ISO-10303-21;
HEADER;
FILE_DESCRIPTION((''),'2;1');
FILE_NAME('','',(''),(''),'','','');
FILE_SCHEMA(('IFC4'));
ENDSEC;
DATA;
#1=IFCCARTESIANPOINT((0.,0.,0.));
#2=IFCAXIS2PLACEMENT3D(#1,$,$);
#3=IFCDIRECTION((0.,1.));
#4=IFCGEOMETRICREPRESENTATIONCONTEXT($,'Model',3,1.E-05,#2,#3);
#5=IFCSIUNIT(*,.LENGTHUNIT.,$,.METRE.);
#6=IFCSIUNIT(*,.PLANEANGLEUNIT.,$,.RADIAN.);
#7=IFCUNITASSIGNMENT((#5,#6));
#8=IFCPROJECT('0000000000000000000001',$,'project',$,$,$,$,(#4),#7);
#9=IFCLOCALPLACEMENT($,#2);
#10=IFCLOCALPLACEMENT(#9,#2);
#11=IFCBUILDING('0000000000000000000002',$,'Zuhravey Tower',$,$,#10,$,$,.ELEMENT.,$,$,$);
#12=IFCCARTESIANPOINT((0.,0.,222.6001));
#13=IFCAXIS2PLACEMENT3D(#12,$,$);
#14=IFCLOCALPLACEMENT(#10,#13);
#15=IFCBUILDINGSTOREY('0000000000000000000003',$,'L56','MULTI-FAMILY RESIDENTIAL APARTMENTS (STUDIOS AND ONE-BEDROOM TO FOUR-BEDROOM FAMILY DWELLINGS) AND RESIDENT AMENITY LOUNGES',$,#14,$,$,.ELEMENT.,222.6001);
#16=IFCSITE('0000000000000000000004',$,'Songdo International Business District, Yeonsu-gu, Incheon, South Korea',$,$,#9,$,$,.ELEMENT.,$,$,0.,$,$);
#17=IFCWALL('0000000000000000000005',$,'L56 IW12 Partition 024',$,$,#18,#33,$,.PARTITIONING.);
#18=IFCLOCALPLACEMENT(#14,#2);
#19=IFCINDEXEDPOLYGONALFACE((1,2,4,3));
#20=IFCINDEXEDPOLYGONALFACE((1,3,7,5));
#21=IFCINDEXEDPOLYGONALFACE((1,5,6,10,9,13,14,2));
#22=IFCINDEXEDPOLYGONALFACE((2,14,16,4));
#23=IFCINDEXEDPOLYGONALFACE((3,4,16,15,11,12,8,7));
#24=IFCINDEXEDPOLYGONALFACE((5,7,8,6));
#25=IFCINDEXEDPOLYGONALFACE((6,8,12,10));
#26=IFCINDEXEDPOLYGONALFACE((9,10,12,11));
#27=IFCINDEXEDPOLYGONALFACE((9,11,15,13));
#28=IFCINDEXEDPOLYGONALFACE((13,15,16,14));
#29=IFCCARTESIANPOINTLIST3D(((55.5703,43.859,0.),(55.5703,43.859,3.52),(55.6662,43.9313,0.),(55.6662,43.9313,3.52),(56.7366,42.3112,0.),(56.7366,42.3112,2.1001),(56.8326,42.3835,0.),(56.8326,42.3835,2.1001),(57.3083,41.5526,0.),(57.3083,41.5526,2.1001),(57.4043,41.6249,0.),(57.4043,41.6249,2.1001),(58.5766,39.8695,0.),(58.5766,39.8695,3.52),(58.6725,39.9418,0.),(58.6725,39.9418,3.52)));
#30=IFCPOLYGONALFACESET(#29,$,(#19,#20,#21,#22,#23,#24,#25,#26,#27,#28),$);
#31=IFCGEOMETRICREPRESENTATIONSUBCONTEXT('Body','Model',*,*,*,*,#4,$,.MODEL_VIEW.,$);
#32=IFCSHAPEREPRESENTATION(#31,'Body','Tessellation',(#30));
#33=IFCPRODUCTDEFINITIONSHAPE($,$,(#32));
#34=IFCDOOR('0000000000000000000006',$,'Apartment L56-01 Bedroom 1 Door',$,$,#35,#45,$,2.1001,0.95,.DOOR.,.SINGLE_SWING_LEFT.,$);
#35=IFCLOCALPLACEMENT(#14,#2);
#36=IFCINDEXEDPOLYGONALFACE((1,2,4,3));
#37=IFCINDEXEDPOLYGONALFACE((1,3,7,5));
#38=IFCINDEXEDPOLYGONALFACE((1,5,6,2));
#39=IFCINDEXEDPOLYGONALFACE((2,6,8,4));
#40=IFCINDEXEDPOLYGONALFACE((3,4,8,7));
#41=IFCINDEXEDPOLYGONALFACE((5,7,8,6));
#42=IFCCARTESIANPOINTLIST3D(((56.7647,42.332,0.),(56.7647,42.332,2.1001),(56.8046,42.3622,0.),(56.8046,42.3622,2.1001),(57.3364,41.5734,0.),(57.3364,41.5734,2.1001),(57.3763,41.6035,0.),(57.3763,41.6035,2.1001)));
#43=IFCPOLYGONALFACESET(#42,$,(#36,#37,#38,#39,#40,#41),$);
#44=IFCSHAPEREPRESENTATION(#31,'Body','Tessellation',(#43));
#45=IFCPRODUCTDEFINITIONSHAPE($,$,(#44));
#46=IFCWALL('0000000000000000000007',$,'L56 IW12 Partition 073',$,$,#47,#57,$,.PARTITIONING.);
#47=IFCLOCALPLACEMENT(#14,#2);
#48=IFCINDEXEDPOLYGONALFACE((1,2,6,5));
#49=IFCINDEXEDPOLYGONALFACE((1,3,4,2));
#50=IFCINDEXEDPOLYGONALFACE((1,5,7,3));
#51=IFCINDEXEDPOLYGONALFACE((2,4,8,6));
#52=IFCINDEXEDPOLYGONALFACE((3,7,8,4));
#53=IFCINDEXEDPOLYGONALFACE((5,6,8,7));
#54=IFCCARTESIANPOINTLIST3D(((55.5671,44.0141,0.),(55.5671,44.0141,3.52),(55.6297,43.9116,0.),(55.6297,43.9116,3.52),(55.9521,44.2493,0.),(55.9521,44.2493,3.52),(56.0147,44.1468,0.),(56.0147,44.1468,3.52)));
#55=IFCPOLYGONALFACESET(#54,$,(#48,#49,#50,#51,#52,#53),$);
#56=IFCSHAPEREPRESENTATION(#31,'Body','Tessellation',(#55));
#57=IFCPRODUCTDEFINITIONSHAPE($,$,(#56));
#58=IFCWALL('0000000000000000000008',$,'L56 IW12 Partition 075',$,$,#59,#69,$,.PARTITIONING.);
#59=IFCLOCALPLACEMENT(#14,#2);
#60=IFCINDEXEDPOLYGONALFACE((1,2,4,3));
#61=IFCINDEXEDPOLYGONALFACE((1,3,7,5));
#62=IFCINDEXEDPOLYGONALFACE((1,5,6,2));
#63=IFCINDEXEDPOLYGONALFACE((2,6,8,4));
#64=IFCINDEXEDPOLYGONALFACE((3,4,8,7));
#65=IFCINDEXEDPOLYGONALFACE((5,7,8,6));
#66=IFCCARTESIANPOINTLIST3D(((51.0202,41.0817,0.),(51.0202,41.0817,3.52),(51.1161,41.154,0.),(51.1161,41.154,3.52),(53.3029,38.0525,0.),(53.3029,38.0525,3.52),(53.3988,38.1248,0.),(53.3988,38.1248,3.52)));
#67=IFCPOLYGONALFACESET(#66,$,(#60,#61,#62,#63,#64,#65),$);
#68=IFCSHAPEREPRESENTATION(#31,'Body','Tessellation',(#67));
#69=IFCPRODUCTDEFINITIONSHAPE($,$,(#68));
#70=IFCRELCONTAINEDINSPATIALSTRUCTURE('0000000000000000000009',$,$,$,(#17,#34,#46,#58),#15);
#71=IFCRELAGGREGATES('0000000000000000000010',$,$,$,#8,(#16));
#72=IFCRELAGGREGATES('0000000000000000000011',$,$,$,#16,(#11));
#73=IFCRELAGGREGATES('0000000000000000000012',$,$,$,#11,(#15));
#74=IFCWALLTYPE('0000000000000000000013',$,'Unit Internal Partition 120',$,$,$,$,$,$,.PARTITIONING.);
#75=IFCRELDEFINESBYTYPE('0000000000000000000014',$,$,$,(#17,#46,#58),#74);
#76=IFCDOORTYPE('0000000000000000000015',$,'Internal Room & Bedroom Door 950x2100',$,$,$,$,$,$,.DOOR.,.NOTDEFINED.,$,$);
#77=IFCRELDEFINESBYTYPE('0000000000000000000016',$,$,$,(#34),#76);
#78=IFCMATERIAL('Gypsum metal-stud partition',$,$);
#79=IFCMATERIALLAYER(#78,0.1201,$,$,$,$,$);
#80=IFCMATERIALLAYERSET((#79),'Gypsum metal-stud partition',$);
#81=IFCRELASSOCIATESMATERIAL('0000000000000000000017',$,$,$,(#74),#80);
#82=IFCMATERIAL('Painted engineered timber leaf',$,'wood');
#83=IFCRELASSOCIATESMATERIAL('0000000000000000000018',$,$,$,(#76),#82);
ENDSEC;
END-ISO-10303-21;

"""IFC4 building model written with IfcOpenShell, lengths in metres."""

from ifc_helpers import new_model, si_unit, direction, frame, frame_2d, origin, place, context, subcontext, project, spatial, rectangle, extrude, material, layer, layer_set, type_object, element, fill, save


model = new_model("IFC4")

# Units and contexts
model_context = context("Model", 3, precision=1e-05, world=origin(), true_north=direction((0.0, 1.0)))
body_context = subcontext(model_context, "Body", "Model", "MODEL_VIEW")
ifc_project = project(units=[si_unit("LENGTHUNIT", "METRE"), si_unit("PLANEANGLEUNIT", "RADIAN")], contexts=[model_context])

# Site, building, storey
site_placement = place(None, origin())
site = spatial("IfcSite", under=ifc_project, at=site_placement, Name="Songdo International Business District, Yeonsu-gu, Incheon, South Korea", CompositionType="ELEMENT", RefElevation=0.0)
building_placement = place(site_placement, origin())
building = spatial("IfcBuilding", under=site, at=building_placement, Name="Zuhravey Tower", CompositionType="ELEMENT")
storey_placement = place(building_placement, frame((0.0, 0.0, 222.6001)))
storey = spatial("IfcBuildingStorey", under=building, at=storey_placement, Name="L56", Description="MULTI-FAMILY RESIDENTIAL APARTMENTS (STUDIOS AND ONE-BEDROOM TO FOUR-BEDROOM FAMILY DWELLINGS) AND RESIDENT AMENITY LOUNGES", CompositionType="ELEMENT", Elevation=222.6001)

# Wall, opening, door
ifc_material_1 = material(Name="Gypsum metal-stud partition")
ifc_layer_1 = layer(ifc_material_1, 0.1201)
ifc_layer_set_1 = layer_set([ifc_layer_1], Name="Gypsum metal-stud partition")
wall_type_1 = type_object("IfcWallType", Name="Unit Internal Partition 120", PredefinedType="PARTITIONING", material=ifc_layer_set_1)
ifc_material_2 = material(Name="Painted engineered timber leaf", Category="wood")
door_type_1 = type_object("IfcDoorType", Name="Internal Room & Bedroom Door 950x2100", OperationType="NOTDEFINED", PredefinedType="DOOR", material=ifc_material_2)
wall_1_placement = place(storey_placement, frame((58.6245, 39.9058, 0.0), z_axis=(0.0, 0.0, 1.0), x_axis=(-0.60182, 0.798631, 0.0)))
wall_1 = element("IfcWall", 1, at=wall_1_placement, inside=storey, type_object=wall_type_1, Name="L56 IW12 Partition 024", PredefinedType="PARTITIONING", context=body_context, shape_type="SweptSolid", body=[
    extrude(rectangle(XDim=4.9954, YDim=0.1201, at=frame_2d((2.4976, 0.0))), origin(), (0.0, 0.0, 1.0), 3.52),
])
opening_1_placement = place(wall_1_placement, frame((2.1072, 0.0, 0.0)))
opening_1 = element("IfcOpeningElement", 2, at=opening_1_placement, cuts=wall_1, PredefinedType="OPENING", context=body_context, shape_type="SweptSolid", body=[
    extrude(rectangle(XDim=0.95, YDim=2.1001, at=frame_2d((0.4751, 1.05))), frame((0.0, 0.072, 0.0), z_axis=(0.0, -1.0, 0.0), x_axis=(1.0, 0.0, 0.0)), (0.0, 0.0, 1.0), 0.144),
])
door_1_placement = place(opening_1_placement, frame((0.95, 0.0, 0.0), z_axis=(0.0, 0.0, 1.0), x_axis=(-1.0, 0.0, 0.0)))
door_1 = element("IfcDoor", 3, at=door_1_placement, inside=storey, type_object=door_type_1, Name="Apartment L56-01 Bedroom 1 Door", OperationType="SINGLE_SWING_LEFT", OverallHeight=2.1001, OverallWidth=0.95, PredefinedType="DOOR", context=body_context, shape_type="SweptSolid", body=[
    extrude(rectangle(XDim=0.95, YDim=2.1001, at=frame_2d((0.4751, 1.05))), frame((0.0, 0.0249, 0.0), z_axis=(0.0, -1.0, 0.0), x_axis=(1.0, 0.0, 0.0)), (0.0, 0.0, 1.0), 0.05),
])
fill(opening_1, door_1)

# Walls
wall_2_placement = place(storey_placement, frame((55.5984, 43.9629, 0.0), z_axis=(0.0, 0.0, 1.0), x_axis=(0.853456, 0.521165, 0.0)))
element("IfcWall", 4, at=wall_2_placement, inside=storey, type_object=wall_type_1, Name="L56 IW12 Partition 073", PredefinedType="PARTITIONING", context=body_context, shape_type="SweptSolid", body=[
    extrude(rectangle(XDim=0.4512, YDim=0.1201, at=frame_2d((0.2256, 0.0))), origin(), (0.0, 0.0, 1.0), 3.52),
])
wall_3_placement = place(storey_placement, frame((53.3508, 38.0886, 0.0), z_axis=(0.0, 0.0, 1.0), x_axis=(-0.601811, 0.798639, 0.0)))
element("IfcWall", 5, at=wall_3_placement, inside=storey, type_object=wall_type_1, Name="L56 IW12 Partition 075", PredefinedType="PARTITIONING", context=body_context, shape_type="SweptSolid", body=[
    extrude(rectangle(XDim=3.793, YDim=0.1201, at=frame_2d((1.8965, 0.0))), origin(), (0.0, 0.0, 1.0), 3.52),
])

save(model, "model.ifc")
